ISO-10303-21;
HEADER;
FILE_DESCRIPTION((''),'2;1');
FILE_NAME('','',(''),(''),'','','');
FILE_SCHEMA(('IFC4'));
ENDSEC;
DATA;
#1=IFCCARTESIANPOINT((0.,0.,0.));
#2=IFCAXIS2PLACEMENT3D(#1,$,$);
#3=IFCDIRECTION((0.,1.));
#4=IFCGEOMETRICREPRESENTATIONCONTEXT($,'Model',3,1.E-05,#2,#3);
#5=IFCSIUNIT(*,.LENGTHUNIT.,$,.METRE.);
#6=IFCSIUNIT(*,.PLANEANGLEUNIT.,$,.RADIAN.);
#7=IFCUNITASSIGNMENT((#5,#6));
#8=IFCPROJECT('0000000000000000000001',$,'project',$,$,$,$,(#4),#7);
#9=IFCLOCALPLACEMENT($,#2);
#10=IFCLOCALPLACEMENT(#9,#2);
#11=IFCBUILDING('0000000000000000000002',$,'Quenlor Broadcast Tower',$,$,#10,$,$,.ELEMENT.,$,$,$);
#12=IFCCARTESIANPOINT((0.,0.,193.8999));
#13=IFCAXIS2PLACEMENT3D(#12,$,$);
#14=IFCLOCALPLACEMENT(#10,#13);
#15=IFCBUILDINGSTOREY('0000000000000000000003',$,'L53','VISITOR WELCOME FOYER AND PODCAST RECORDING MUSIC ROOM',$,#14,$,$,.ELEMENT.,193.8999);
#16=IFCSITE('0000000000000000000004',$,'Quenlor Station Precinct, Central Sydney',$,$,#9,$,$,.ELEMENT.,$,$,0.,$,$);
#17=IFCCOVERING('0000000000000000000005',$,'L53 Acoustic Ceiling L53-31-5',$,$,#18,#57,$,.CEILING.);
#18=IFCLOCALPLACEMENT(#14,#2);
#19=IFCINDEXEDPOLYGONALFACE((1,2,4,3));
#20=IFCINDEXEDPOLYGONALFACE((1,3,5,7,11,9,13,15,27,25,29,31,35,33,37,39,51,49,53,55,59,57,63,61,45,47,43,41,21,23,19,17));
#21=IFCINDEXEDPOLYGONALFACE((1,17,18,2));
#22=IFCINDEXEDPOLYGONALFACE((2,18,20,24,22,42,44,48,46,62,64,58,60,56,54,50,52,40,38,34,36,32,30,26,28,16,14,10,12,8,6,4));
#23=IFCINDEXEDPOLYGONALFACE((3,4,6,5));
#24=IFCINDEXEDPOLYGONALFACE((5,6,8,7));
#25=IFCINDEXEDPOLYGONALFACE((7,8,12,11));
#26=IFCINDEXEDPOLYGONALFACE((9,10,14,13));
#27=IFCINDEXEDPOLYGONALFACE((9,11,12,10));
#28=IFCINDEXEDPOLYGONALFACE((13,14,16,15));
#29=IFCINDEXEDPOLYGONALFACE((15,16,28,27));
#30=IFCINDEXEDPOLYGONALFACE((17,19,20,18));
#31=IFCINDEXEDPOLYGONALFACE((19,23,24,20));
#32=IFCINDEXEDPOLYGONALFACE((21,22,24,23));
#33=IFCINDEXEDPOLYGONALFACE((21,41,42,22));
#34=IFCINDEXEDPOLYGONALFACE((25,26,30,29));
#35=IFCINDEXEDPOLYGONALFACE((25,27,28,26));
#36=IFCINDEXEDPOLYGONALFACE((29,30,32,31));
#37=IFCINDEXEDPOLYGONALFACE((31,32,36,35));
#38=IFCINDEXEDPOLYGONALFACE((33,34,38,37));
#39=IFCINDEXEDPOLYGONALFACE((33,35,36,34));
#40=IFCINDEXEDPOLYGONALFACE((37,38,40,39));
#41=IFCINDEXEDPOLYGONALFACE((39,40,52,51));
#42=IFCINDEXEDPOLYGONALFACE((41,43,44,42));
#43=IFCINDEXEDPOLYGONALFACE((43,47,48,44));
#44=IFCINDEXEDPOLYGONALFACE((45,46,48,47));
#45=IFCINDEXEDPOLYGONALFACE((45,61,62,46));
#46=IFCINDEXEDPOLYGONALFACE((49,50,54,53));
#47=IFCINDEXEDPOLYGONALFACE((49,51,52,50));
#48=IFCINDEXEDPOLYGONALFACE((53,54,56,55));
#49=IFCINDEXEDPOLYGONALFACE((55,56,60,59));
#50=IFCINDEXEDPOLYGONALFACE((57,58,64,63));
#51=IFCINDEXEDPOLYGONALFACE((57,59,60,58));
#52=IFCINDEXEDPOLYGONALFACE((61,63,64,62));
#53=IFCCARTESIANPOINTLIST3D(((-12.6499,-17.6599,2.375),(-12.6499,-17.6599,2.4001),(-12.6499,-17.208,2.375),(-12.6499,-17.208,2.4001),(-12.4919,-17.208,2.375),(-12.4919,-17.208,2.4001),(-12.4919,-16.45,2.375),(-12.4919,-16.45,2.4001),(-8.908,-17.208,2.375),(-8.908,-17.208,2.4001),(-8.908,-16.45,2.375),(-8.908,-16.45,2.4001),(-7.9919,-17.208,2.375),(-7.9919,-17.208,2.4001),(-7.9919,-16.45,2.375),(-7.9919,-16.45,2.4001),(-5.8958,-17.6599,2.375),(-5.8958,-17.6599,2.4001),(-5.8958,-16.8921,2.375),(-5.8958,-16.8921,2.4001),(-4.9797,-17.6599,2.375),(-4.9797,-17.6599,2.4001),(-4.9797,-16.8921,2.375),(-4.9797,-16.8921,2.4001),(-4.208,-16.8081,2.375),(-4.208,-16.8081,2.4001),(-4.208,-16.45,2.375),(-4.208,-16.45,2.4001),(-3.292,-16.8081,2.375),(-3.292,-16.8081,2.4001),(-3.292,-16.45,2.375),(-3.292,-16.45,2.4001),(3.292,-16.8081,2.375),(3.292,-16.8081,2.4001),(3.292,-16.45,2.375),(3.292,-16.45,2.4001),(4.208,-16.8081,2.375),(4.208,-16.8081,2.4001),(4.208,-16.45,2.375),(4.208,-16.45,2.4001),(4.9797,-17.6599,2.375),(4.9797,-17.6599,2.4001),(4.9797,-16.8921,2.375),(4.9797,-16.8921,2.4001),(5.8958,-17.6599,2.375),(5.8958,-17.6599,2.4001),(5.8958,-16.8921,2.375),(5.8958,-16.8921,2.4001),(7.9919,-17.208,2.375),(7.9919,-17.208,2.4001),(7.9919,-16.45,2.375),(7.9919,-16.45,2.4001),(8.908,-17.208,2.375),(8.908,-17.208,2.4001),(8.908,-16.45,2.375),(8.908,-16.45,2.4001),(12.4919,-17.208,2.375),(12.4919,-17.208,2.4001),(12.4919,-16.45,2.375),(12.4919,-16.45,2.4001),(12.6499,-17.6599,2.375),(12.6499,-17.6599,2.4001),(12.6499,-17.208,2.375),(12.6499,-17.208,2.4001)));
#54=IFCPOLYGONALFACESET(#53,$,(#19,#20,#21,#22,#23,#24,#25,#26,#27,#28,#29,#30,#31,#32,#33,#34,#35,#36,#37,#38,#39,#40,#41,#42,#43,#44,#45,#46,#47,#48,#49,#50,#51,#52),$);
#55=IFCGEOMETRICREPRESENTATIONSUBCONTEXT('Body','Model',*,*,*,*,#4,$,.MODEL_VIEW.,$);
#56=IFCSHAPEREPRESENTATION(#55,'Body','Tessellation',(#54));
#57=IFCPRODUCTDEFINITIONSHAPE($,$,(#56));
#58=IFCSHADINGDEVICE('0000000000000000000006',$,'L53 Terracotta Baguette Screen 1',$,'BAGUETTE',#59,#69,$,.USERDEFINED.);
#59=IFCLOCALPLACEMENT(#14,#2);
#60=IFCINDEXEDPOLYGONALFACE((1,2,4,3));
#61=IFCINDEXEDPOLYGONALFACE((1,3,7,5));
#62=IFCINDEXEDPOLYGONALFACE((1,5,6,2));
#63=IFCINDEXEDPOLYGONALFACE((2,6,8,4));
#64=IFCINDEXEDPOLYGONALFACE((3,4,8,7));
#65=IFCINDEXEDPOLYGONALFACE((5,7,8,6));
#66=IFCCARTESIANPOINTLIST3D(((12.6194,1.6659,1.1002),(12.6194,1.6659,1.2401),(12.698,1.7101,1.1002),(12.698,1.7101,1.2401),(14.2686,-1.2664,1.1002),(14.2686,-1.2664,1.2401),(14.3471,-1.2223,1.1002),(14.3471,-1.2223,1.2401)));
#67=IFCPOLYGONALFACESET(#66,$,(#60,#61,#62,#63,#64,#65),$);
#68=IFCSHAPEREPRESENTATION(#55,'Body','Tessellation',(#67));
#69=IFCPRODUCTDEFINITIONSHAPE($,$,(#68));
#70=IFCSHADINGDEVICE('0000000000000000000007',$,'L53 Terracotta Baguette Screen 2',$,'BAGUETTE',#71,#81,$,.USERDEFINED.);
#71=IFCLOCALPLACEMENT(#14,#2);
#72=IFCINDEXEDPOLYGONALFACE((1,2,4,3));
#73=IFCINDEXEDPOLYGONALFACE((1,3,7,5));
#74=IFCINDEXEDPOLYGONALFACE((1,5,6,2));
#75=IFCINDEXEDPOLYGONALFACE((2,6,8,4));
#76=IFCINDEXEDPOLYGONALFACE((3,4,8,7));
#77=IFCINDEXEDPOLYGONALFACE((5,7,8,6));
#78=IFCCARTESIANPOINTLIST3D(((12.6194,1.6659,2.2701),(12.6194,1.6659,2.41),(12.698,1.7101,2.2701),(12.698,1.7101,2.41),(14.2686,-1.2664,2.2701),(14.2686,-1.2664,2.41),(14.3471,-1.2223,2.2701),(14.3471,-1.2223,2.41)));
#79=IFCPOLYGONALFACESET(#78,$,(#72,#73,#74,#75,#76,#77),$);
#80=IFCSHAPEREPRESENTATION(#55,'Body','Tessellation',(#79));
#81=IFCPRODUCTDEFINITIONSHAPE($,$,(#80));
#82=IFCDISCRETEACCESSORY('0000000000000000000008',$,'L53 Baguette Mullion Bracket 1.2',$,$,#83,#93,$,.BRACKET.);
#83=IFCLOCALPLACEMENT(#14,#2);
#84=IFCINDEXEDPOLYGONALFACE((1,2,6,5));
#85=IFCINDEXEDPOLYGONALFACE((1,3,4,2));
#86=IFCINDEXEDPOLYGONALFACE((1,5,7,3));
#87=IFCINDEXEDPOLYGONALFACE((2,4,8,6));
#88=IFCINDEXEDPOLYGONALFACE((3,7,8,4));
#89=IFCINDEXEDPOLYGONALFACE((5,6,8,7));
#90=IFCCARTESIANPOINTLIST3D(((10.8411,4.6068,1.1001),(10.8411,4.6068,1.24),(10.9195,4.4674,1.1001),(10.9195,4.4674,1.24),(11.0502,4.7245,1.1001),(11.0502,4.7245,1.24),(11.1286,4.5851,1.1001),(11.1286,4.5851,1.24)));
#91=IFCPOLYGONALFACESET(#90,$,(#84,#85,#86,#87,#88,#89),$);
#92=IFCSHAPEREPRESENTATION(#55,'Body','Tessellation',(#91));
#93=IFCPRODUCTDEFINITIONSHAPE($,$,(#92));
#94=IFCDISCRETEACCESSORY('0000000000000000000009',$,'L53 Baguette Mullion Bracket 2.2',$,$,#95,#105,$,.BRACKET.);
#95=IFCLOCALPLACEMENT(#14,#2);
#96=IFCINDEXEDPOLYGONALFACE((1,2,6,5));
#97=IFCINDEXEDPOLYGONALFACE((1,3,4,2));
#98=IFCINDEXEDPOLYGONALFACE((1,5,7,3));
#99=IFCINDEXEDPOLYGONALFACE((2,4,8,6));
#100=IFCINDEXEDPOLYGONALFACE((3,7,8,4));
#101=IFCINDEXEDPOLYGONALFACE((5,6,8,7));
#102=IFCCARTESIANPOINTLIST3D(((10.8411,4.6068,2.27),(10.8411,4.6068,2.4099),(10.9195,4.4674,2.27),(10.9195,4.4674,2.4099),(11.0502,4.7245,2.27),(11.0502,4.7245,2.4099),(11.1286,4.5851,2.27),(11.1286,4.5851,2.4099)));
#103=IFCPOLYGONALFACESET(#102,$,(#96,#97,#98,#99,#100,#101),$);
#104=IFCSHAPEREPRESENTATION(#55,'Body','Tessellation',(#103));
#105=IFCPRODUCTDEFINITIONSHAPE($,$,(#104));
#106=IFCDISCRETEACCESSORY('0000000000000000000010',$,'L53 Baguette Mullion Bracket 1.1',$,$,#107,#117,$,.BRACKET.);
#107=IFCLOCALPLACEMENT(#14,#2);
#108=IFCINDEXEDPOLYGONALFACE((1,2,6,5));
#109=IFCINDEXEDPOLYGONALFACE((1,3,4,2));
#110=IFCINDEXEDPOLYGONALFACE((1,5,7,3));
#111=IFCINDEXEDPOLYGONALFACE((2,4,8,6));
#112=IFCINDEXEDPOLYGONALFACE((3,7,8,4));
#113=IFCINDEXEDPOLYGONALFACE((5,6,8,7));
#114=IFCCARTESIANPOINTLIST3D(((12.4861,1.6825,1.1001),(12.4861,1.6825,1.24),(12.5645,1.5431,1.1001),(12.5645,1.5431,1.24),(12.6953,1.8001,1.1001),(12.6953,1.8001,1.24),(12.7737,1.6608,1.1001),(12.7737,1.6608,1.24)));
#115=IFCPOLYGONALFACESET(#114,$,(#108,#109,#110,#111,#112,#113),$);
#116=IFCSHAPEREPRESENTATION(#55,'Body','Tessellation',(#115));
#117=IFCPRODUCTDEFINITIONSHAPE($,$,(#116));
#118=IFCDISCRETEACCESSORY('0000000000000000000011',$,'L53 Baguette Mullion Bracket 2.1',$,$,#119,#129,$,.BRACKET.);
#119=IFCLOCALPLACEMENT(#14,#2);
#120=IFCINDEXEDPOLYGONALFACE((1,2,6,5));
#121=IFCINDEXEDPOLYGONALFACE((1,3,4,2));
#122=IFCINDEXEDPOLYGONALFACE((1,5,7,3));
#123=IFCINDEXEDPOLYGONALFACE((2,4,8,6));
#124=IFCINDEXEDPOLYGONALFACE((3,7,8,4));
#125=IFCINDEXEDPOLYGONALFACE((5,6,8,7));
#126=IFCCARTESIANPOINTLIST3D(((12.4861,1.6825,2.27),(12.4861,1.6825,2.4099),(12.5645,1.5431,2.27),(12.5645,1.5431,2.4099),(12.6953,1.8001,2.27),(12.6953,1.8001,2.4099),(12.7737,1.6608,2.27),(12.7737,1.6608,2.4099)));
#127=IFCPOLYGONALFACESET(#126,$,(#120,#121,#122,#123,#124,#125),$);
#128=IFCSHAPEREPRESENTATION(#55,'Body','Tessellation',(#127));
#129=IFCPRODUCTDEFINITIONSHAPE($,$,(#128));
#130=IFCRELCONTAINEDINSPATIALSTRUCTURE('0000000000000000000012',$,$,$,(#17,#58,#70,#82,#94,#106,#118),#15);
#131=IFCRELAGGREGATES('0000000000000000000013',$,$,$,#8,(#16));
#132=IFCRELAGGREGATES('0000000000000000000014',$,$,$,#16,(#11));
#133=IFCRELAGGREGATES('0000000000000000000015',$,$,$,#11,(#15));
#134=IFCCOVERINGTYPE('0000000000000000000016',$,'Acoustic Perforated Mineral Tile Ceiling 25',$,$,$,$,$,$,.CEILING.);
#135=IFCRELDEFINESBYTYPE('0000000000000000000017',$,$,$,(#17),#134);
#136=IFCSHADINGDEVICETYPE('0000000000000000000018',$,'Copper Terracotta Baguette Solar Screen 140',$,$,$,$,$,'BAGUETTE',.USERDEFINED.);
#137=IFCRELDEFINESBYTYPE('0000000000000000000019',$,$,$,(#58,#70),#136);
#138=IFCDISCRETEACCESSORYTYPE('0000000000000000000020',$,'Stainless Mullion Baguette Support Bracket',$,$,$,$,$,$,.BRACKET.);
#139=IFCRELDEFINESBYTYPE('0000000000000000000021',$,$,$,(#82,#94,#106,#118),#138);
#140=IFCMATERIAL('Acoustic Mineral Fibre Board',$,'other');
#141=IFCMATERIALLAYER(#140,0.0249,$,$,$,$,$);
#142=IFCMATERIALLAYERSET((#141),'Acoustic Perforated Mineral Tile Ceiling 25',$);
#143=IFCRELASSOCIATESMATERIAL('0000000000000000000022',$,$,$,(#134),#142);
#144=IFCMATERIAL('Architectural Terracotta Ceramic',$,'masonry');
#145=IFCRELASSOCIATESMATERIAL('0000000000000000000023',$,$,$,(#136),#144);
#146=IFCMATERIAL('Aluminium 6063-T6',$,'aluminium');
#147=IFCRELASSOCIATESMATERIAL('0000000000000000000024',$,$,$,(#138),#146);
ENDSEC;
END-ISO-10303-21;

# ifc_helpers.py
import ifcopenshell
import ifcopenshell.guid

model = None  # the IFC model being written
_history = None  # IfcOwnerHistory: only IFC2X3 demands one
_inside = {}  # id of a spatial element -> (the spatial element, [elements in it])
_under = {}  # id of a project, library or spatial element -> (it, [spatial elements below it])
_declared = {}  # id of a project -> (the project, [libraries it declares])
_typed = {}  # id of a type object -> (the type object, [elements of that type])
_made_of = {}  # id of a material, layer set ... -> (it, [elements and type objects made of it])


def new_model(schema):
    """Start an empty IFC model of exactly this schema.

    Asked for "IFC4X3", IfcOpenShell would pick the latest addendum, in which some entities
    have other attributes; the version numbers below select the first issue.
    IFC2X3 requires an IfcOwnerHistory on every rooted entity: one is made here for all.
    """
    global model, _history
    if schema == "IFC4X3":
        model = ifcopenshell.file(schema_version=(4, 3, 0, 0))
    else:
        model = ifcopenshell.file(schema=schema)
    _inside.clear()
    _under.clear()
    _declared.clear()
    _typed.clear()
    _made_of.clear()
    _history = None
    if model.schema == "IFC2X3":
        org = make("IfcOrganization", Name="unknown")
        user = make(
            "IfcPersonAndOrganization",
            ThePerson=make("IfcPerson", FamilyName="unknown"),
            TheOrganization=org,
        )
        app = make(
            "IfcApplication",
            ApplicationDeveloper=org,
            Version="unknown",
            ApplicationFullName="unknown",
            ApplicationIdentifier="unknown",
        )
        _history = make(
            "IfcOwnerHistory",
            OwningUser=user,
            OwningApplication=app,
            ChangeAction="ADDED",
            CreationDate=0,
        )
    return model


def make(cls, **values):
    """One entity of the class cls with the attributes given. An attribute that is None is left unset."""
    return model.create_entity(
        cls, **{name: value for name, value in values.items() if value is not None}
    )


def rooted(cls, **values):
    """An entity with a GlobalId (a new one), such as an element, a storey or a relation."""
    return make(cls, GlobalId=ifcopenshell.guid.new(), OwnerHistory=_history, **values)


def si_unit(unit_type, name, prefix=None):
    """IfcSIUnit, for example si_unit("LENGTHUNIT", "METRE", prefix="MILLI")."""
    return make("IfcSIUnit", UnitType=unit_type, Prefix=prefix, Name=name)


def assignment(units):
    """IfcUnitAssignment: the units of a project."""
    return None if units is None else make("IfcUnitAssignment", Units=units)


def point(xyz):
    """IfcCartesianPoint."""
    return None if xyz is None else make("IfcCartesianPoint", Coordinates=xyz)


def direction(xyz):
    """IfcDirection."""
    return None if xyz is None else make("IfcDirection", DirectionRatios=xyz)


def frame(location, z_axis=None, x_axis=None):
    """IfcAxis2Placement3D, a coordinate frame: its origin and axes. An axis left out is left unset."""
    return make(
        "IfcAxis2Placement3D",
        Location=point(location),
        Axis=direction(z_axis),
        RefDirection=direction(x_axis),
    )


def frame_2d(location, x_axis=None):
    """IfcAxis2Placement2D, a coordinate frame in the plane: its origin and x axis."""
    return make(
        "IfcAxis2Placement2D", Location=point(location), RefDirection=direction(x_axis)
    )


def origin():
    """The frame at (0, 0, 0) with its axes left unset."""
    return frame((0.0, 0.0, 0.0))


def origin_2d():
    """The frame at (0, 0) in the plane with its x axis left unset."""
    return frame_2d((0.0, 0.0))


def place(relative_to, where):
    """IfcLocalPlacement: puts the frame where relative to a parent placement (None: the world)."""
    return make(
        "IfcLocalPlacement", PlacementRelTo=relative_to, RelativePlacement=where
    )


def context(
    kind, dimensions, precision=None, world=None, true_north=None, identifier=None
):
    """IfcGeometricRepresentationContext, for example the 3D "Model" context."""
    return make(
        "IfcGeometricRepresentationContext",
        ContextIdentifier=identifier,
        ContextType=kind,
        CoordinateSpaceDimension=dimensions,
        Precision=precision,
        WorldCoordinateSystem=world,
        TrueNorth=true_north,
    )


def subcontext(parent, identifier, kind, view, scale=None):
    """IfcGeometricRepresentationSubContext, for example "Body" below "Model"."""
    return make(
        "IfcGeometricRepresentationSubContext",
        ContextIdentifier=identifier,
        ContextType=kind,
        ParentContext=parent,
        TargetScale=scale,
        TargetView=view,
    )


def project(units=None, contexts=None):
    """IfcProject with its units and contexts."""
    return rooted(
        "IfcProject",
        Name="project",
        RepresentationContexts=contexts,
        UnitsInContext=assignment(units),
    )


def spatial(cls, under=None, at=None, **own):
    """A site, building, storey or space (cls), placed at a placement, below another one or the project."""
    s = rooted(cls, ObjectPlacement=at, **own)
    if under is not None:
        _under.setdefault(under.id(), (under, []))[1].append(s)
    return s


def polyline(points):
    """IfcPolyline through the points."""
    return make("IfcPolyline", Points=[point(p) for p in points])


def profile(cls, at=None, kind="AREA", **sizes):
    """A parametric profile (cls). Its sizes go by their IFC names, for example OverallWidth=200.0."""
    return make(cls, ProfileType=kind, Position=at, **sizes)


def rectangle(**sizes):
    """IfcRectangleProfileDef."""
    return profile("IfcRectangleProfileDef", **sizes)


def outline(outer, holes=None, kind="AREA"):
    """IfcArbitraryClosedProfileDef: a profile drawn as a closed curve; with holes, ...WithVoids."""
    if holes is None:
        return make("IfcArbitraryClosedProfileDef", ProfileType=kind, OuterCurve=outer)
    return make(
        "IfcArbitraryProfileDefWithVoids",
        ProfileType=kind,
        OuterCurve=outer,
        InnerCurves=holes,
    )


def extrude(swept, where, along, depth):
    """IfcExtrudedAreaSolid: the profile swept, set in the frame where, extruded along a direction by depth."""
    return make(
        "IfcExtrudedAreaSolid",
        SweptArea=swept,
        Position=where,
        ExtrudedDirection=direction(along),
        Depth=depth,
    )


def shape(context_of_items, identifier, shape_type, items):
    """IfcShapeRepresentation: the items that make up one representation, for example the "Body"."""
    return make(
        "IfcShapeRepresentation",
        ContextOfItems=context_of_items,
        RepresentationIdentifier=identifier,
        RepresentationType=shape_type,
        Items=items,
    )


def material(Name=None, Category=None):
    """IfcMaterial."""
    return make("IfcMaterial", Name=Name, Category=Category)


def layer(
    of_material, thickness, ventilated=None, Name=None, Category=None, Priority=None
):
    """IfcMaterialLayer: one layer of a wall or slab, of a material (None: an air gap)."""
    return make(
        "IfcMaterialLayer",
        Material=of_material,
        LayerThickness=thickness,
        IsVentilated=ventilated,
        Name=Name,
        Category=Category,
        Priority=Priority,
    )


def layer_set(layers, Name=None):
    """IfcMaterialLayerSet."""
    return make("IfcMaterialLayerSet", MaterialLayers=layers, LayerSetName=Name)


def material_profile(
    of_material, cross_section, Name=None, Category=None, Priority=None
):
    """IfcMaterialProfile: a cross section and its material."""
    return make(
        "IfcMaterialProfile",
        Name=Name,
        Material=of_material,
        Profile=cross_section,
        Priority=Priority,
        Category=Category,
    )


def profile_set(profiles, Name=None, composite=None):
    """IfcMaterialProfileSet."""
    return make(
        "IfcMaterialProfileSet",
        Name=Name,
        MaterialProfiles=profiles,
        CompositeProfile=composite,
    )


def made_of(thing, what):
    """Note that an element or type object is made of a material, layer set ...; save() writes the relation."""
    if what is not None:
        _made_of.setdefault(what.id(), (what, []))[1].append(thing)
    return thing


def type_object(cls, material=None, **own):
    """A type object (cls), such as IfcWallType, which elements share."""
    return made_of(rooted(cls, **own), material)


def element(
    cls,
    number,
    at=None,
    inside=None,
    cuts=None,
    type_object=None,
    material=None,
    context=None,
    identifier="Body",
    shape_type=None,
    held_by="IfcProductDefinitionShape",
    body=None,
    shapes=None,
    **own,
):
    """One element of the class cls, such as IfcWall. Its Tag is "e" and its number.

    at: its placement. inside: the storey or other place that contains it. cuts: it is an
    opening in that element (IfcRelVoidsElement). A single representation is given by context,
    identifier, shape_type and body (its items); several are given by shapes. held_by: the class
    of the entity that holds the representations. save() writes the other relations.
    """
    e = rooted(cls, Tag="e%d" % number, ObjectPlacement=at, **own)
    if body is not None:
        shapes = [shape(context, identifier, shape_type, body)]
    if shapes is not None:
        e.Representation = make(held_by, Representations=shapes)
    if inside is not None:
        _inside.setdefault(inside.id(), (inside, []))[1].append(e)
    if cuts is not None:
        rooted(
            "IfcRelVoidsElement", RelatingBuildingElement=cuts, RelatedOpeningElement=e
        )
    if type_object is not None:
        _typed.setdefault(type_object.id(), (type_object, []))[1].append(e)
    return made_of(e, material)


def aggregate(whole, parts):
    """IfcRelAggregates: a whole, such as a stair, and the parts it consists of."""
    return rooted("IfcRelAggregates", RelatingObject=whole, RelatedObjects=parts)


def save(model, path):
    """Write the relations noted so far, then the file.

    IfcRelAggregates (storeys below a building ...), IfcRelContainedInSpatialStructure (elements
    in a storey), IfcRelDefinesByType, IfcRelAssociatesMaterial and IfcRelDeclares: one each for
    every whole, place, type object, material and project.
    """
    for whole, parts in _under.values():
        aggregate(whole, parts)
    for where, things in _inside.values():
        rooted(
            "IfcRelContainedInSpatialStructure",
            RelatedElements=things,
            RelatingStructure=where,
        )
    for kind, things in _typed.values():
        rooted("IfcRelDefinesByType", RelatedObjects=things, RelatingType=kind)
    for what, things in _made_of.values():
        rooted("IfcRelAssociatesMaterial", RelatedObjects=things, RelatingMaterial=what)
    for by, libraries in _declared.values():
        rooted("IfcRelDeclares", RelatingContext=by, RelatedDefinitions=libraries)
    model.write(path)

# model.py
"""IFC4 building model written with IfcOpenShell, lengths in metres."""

from ifc_helpers import new_model, si_unit, direction, frame, origin, origin_2d, place, context, subcontext, project, spatial, polyline, rectangle, outline, extrude, material, layer, layer_set, material_profile, profile_set, type_object, element, save


model = new_model("IFC4")

# Units and contexts
model_context = context("Model", 3, precision=1e-05, world=origin(), true_north=direction((0.0, 1.0)))
body_context = subcontext(model_context, "Body", "Model", "MODEL_VIEW")
ifc_project = project(units=[si_unit("LENGTHUNIT", "METRE"), si_unit("PLANEANGLEUNIT", "RADIAN")], contexts=[model_context])

# Site, building, storey
site_placement = place(None, origin())
site = spatial("IfcSite", under=ifc_project, at=site_placement, Name="Quenlor Station Precinct, Central Sydney", CompositionType="ELEMENT", RefElevation=0.0)
building_placement = place(site_placement, origin())
building = spatial("IfcBuilding", under=site, at=building_placement, Name="Quenlor Broadcast Tower", CompositionType="ELEMENT")
storey_placement = place(building_placement, frame((0.0, 0.0, 193.8999)))
storey = spatial("IfcBuildingStorey", under=building, at=storey_placement, Name="L53", Description="VISITOR WELCOME FOYER AND PODCAST RECORDING MUSIC ROOM", CompositionType="ELEMENT", Elevation=193.8999)

# Covering
ifc_material_1 = material(Name="Acoustic Mineral Fibre Board", Category="other")
ifc_layer_1 = layer(ifc_material_1, 0.0249)
ifc_layer_set_1 = layer_set([ifc_layer_1], Name="Acoustic Perforated Mineral Tile Ceiling 25")
covering_type = type_object("IfcCoveringType", Name="Acoustic Perforated Mineral Tile Ceiling 25", PredefinedType="CEILING", material=ifc_layer_set_1)
covering_placement = place(storey_placement, frame((0.0, 0.0, 2.375)))
element("IfcCovering", 1, at=covering_placement, inside=storey, type_object=covering_type, Name="L53 Acoustic Ceiling L53-31-5", PredefinedType="CEILING", context=body_context, shape_type="SweptSolid", body=[
    extrude(outline(polyline([(-12.4919, -17.208), (-12.4919, -16.45), (-8.908, -16.45), (-8.908, -17.208), (-7.9919, -17.208), (-7.9919, -16.45), (-4.208, -16.45), (-4.208, -16.8081), (-3.292, -16.8081), (-3.292, -16.45), (3.292, -16.45), (3.292, -16.8081), (4.208, -16.8081), (4.208, -16.45), (7.9919, -16.45), (7.9919, -17.208), (8.908, -17.208), (8.908, -16.45), (12.4919, -16.45), (12.4919, -17.208), (12.6499, -17.208), (12.6499, -17.6599), (5.8958, -17.6599), (5.8958, -16.8921), (4.9797, -16.8921), (4.9797, -17.6599), (-4.9797, -17.6599), (-4.9797, -16.8921), (-5.8958, -16.8921), (-5.8958, -17.6599), (-12.6499, -17.6599), (-12.6499, -17.208), (-12.4919, -17.208)])), origin(), (0.0, 0.0, 1.0), 0.0251),
])

# Shading devices
ifc_material_2 = material(Name="Architectural Terracotta Ceramic", Category="masonry")
ifc_material_profile_1 = material_profile(ifc_material_2, rectangle(XDim=0.0901, YDim=0.1399, at=origin_2d()))
ifc_profile_set_1 = profile_set([ifc_material_profile_1], Name="Architectural Terracotta Ceramic BAG90x140")
shading_device_type = type_object("IfcShadingDeviceType", Name="Copper Terracotta Baguette Solar Screen 140", ElementType="BAGUETTE", PredefinedType="USERDEFINED", material=ifc_profile_set_1)
for number, where, z_axis, x_axis, name in (
    (2, (12.6587, 1.688, 1.1702), (0.490196, -0.871612, 0.0), (0.871612, 0.490196, 0.0), "L53 Terracotta Baguette Screen 1"),
    (3, (12.6587, 1.688, 2.3401), (0.490196, -0.871612, 0.0), (0.871612, 0.490196, 0.0), "L53 Terracotta Baguette Screen 2"),
):
    element("IfcShadingDevice", number, at=place(storey_placement, frame(where, z_axis=z_axis, x_axis=x_axis)), inside=storey, type_object=shading_device_type, Name=name, ObjectType="BAGUETTE", PredefinedType="USERDEFINED", context=body_context, shape_type="SweptSolid", body=[
        extrude(rectangle(XDim=0.0901, YDim=0.1399, at=origin_2d()), origin(), (0.0, 0.0, 1.0), 3.3643),
    ])

# Discrete accessories
ifc_material_3 = material(Name="Aluminium 6063-T6", Category="aluminium")
discrete_accessory_type = type_object("IfcDiscreteAccessoryType", Name="Stainless Mullion Baguette Support Bracket", PredefinedType="BRACKET", material=ifc_material_3)
for number, where, z_axis, x_axis, name in (
    (4, (10.9849, 4.5959, 1.1001), (0.0, 0.0, 1.0), (0.490257, -0.871578, 0.0), "L53 Baguette Mullion Bracket 1.2"),
    (5, (10.9849, 4.5959, 2.27), (0.0, 0.0, 1.0), (0.490257, -0.871578, 0.0), "L53 Baguette Mullion Bracket 2.2"),
    (6, (12.6299, 1.6716, 1.1001), (0.0, 0.0, 1.0), (0.490257, -0.871578, 0.0), "L53 Baguette Mullion Bracket 1.1"),
    (7, (12.6299, 1.6716, 2.27), (0.0, 0.0, 1.0), (0.490257, -0.871578, 0.0), "L53 Baguette Mullion Bracket 2.1"),
):
    element("IfcDiscreteAccessory", number, at=place(storey_placement, frame(where, z_axis=z_axis, x_axis=x_axis)), inside=storey, type_object=discrete_accessory_type, Name=name, PredefinedType="BRACKET", context=body_context, shape_type="SweptSolid", body=[
        extrude(rectangle(XDim=0.1599, YDim=0.24, at=origin_2d()), origin(), (0.0, 0.0, 1.0), 0.1399),
    ])

save(model, "model.ifc")
